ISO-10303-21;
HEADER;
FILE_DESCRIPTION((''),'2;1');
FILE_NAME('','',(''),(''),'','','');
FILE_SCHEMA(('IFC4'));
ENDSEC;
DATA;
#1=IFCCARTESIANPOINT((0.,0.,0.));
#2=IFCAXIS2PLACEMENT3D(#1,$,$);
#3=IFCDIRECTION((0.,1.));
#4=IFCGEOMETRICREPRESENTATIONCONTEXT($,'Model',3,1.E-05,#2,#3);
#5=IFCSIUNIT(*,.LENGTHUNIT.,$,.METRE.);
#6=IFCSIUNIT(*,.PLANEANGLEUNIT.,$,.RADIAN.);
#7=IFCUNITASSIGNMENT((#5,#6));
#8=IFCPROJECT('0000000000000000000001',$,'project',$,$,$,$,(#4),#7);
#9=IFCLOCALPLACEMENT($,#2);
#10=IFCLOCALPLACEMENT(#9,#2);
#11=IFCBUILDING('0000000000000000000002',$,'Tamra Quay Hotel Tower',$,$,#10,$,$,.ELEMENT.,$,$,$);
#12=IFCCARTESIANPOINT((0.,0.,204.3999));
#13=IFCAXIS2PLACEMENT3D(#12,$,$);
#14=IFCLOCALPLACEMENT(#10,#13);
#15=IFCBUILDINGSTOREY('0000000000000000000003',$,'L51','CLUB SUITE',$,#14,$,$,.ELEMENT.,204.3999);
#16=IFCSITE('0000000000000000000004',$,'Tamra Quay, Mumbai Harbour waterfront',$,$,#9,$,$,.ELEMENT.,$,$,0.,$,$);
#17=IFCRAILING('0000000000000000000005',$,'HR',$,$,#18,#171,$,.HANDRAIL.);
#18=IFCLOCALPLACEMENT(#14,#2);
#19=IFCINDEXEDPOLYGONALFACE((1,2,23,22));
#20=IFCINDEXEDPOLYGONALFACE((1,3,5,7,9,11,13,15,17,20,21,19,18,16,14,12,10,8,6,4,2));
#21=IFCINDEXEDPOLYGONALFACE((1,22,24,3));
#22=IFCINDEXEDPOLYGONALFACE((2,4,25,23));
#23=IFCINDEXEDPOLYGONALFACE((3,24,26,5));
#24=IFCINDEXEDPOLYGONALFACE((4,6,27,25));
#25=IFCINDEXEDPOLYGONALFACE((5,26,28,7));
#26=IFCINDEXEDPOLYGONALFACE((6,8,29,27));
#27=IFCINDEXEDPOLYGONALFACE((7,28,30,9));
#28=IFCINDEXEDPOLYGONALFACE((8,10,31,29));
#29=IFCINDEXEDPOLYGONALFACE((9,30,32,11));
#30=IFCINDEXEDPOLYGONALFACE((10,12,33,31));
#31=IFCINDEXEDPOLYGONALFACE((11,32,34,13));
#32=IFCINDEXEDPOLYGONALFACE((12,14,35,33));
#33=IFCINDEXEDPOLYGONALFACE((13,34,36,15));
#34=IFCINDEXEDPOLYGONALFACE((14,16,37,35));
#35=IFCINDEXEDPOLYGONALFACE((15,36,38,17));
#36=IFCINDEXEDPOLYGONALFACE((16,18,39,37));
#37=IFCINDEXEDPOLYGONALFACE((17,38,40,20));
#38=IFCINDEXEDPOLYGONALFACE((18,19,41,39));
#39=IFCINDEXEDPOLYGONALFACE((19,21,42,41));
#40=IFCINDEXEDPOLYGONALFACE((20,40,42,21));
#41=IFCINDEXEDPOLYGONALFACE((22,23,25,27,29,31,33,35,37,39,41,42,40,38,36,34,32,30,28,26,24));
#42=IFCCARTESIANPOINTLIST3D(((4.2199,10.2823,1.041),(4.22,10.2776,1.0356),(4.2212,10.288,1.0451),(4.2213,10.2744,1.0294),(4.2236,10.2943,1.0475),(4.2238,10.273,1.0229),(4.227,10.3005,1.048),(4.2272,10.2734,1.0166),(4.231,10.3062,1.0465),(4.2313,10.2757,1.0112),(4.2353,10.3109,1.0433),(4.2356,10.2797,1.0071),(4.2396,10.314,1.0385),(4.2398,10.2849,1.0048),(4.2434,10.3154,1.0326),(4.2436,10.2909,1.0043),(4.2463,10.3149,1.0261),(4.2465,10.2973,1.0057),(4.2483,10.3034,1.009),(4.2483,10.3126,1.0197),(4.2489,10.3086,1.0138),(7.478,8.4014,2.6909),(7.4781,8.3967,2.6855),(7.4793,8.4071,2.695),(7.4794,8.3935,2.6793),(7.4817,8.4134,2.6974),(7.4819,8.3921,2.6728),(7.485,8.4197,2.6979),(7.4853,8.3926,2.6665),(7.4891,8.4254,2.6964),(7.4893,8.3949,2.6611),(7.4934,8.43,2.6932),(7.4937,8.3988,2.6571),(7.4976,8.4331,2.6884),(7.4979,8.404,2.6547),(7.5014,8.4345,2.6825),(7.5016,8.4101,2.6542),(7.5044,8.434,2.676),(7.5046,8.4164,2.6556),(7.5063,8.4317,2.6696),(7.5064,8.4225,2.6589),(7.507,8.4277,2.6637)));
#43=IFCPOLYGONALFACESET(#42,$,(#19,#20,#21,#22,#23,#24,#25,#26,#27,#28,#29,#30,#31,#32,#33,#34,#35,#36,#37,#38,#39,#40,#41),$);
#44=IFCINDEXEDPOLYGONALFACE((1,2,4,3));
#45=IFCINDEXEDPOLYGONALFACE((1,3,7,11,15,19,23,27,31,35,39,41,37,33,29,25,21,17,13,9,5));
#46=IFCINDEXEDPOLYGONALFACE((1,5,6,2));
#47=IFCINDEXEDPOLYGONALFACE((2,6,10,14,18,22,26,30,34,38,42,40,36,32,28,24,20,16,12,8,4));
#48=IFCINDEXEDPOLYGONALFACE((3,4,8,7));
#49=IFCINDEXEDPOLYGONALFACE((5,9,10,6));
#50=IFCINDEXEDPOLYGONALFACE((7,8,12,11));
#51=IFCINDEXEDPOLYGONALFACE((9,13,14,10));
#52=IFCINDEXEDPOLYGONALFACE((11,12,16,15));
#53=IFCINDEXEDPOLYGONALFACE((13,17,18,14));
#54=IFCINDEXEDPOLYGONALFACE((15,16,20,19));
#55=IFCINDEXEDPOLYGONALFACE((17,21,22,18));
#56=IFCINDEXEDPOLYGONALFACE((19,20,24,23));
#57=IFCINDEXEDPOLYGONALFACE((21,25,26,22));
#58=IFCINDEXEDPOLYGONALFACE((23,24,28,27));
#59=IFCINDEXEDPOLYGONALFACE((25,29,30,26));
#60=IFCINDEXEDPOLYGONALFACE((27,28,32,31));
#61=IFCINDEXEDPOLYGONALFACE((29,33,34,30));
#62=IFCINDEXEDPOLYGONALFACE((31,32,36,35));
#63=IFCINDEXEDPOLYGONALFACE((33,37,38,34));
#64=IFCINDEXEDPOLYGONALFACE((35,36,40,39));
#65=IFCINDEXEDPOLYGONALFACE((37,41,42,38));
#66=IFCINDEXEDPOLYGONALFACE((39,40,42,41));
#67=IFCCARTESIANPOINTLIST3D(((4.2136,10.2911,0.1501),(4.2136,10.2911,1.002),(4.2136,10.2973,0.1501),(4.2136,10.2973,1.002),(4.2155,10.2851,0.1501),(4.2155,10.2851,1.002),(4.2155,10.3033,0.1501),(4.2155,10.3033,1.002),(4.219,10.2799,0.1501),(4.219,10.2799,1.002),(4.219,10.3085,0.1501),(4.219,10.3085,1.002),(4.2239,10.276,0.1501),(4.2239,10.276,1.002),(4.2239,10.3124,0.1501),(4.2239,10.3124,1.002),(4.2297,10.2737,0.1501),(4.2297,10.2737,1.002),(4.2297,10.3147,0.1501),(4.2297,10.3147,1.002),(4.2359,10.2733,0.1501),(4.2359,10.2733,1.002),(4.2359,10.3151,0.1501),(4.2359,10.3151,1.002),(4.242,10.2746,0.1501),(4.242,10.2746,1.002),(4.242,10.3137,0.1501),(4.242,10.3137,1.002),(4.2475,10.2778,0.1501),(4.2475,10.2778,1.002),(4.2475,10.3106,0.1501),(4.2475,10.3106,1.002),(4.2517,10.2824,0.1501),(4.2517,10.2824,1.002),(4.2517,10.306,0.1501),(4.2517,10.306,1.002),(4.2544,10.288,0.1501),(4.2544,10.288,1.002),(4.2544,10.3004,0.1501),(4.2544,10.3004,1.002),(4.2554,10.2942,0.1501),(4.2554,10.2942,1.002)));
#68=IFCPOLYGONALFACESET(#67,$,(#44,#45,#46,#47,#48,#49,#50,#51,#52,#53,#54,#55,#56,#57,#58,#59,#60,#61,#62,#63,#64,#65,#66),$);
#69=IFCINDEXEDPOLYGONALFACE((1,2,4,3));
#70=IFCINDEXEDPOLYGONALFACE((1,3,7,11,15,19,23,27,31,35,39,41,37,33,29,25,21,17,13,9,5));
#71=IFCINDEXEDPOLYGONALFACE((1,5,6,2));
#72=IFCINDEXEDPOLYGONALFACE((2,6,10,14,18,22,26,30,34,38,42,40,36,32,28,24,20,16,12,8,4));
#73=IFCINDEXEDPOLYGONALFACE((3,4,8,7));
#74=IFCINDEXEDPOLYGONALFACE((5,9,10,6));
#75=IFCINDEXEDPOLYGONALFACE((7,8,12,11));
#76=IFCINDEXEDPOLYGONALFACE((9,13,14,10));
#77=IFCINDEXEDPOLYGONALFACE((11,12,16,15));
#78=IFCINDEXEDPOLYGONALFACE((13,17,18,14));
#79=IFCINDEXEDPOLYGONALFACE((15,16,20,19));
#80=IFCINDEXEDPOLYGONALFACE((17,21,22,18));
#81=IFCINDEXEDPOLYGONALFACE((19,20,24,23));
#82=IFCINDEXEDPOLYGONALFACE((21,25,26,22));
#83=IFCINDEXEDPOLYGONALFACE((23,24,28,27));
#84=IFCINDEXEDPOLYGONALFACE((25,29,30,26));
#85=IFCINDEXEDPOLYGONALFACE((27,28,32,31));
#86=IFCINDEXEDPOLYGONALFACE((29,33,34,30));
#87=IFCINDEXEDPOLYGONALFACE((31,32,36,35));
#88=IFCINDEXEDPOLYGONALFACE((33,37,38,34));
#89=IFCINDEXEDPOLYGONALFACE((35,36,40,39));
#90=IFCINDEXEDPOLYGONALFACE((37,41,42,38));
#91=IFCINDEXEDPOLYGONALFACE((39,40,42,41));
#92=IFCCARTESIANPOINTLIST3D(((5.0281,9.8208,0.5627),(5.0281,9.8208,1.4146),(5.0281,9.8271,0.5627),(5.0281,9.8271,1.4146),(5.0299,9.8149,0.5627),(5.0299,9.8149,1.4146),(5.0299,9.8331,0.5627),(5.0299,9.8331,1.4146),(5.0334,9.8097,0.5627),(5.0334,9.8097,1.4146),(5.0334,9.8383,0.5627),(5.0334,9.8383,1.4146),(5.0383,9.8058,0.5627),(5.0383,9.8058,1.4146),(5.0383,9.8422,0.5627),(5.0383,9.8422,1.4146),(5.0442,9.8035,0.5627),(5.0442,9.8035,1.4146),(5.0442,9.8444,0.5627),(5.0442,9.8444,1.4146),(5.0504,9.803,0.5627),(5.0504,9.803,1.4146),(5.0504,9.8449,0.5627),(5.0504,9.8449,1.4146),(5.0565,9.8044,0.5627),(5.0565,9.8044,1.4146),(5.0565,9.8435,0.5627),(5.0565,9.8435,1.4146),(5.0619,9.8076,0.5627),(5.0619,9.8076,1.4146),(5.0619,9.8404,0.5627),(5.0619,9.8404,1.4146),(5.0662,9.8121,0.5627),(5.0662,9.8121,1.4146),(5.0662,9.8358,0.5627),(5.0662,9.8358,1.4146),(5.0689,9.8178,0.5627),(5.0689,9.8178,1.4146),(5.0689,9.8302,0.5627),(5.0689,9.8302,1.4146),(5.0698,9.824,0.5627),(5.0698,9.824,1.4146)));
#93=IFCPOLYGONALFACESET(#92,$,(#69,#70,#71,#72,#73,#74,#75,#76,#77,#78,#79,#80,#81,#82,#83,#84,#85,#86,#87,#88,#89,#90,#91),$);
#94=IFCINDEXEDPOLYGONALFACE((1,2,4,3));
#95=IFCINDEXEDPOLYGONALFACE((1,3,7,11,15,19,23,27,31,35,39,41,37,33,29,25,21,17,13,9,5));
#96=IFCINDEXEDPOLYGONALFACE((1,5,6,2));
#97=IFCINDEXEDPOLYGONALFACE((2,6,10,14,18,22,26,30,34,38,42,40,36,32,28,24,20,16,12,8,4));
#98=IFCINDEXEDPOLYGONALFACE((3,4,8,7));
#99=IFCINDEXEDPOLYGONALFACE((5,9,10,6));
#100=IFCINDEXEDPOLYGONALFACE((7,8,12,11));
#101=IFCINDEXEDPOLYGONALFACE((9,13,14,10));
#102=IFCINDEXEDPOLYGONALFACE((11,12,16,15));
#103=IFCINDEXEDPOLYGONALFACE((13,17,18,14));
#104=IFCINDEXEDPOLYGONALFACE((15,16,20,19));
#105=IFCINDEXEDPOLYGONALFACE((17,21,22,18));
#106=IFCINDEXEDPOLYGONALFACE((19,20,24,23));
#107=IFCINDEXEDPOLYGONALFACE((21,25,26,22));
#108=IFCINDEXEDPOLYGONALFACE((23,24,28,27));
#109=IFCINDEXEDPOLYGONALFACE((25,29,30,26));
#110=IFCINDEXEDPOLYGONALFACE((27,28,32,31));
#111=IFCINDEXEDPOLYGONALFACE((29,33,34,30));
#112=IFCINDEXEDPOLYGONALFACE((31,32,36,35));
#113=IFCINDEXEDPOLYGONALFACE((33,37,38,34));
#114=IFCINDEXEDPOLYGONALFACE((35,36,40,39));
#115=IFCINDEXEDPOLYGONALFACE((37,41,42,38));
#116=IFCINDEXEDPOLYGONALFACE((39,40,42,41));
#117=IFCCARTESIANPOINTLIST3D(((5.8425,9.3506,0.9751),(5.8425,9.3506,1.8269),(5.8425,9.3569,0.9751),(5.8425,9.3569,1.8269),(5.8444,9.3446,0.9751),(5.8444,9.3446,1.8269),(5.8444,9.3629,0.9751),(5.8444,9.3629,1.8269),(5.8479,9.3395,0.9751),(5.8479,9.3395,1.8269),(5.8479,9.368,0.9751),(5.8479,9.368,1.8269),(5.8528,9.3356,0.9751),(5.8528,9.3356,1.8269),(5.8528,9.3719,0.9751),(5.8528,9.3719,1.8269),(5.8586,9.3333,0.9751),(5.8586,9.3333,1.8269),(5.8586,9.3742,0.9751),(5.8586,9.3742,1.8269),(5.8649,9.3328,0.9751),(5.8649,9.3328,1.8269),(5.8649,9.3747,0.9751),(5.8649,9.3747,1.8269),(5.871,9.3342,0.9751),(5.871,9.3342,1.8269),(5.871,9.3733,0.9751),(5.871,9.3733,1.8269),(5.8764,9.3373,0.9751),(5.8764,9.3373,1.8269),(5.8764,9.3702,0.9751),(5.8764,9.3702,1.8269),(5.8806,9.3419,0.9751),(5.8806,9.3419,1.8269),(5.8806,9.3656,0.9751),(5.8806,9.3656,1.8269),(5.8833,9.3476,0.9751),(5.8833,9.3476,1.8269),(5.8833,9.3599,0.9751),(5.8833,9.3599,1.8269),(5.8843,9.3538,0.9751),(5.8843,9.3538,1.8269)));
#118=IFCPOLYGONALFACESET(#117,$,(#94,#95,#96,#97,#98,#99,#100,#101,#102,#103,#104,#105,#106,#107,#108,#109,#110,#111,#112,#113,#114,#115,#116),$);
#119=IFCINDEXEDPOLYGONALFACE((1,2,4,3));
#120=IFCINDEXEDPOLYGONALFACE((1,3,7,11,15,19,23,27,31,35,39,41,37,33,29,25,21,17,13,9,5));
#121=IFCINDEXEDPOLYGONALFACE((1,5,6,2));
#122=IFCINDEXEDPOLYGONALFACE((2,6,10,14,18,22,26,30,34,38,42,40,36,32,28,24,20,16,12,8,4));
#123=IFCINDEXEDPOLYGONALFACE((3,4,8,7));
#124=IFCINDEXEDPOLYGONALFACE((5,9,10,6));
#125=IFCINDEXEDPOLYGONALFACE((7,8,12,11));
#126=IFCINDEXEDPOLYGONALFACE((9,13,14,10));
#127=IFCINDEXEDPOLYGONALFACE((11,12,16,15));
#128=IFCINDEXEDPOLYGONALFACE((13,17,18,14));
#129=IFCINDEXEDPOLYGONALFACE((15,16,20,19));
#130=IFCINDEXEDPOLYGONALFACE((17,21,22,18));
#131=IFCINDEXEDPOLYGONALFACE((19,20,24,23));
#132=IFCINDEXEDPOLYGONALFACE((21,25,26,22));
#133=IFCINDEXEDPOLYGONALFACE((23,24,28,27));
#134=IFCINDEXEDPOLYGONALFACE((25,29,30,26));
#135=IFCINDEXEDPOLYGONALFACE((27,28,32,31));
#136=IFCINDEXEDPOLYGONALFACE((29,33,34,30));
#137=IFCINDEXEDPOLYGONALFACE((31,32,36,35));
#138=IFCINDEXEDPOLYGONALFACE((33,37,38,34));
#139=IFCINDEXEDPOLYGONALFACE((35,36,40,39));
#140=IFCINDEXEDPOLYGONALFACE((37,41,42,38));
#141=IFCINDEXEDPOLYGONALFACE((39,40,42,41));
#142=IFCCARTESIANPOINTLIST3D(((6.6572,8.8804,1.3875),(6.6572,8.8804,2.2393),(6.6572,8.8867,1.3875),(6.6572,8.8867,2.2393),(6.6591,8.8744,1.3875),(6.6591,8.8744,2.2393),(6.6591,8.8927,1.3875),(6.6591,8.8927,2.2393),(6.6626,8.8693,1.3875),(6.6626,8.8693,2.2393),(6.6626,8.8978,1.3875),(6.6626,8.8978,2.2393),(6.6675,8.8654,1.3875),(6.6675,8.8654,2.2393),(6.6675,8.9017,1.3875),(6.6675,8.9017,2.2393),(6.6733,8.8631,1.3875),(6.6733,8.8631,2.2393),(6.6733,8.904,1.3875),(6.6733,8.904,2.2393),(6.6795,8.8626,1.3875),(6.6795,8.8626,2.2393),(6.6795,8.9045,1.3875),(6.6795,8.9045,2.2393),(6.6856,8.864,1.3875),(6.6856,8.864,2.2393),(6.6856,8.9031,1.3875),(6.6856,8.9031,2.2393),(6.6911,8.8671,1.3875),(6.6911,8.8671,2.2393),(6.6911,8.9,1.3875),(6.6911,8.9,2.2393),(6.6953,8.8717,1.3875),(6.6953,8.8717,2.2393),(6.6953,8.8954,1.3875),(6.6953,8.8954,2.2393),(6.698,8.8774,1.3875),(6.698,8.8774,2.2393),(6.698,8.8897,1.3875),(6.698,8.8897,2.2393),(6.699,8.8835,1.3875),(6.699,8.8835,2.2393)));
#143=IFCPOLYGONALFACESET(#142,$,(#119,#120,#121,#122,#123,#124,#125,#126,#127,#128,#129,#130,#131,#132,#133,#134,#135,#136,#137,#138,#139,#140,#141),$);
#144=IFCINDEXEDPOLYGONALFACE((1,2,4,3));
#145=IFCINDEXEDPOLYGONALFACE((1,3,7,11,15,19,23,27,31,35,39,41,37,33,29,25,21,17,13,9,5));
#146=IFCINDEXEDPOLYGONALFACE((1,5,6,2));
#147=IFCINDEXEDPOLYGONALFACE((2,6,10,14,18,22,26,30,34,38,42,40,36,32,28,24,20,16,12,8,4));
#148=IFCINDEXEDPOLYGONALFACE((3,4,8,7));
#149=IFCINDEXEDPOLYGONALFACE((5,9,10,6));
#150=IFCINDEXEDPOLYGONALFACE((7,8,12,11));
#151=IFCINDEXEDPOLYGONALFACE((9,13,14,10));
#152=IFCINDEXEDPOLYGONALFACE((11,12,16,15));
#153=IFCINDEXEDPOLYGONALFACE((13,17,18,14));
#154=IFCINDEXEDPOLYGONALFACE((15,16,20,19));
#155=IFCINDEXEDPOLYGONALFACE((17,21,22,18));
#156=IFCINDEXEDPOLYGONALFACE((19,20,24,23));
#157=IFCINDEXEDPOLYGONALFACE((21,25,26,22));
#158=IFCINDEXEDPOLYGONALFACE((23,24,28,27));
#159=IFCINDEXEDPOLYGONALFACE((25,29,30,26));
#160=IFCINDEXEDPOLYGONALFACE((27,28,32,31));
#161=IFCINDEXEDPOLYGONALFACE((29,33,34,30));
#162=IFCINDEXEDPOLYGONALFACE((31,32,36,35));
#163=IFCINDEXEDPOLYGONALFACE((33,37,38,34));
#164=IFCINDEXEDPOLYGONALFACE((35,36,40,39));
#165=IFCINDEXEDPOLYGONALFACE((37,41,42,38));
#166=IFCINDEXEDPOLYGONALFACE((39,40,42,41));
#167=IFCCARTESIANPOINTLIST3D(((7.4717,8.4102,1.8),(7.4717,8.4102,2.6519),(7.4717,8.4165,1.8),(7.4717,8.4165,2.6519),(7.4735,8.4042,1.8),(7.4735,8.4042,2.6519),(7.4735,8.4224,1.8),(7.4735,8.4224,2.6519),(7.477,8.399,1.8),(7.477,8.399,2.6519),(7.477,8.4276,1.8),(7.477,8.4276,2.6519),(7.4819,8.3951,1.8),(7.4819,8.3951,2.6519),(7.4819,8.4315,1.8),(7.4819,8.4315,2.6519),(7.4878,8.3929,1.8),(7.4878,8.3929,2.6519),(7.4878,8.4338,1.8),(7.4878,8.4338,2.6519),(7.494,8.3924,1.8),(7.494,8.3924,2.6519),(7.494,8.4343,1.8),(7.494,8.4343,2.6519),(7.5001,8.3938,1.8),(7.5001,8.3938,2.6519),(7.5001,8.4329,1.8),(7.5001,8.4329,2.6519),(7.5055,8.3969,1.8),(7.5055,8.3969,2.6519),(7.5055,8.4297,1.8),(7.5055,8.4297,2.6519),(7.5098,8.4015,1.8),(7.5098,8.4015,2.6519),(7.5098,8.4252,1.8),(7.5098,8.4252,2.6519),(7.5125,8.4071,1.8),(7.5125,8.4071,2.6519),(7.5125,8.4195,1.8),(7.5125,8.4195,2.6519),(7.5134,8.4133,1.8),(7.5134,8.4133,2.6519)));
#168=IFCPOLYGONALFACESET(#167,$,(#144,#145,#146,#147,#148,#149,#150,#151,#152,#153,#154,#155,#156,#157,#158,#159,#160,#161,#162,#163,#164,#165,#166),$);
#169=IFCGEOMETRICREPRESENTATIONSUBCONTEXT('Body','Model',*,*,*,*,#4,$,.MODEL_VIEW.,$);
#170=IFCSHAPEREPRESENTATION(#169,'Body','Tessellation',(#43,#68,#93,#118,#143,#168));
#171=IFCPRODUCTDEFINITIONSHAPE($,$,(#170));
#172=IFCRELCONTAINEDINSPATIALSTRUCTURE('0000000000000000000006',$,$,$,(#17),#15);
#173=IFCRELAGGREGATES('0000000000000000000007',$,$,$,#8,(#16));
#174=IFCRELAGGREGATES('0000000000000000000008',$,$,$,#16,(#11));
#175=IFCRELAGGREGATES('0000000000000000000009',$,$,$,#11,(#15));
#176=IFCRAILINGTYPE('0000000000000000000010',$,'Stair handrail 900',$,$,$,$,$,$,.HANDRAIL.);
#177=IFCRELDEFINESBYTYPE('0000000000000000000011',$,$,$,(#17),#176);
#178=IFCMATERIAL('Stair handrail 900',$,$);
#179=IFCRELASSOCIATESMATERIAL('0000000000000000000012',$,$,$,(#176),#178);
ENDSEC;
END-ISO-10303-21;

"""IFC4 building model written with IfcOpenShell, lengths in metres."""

from ifc_helpers import new_model, si_unit, direction, frame, origin, origin_2d, place, context, subcontext, project, spatial, circle, extrude, material, type_object, element, save


model = new_model("IFC4")

# Units and contexts
model_context = context("Model", 3, precision=1e-05, world=origin(), true_north=direction((0.0, 1.0)))
body_context = subcontext(model_context, "Body", "Model", "MODEL_VIEW")
ifc_project = project(units=[si_unit("LENGTHUNIT", "METRE"), si_unit("PLANEANGLEUNIT", "RADIAN")], contexts=[model_context])

# Site, building, storey
site_placement = place(None, origin())
site = spatial("IfcSite", under=ifc_project, at=site_placement, Name="Tamra Quay, Mumbai Harbour waterfront", CompositionType="ELEMENT", RefElevation=0.0)
building_placement = place(site_placement, origin())
building = spatial("IfcBuilding", under=site, at=building_placement, Name="Tamra Quay Hotel Tower", CompositionType="ELEMENT")
storey_placement = place(building_placement, frame((0.0, 0.0, 204.3999)))
storey = spatial("IfcBuildingStorey", under=building, at=storey_placement, Name="L51", Description="CLUB SUITE", CompositionType="ELEMENT", Elevation=204.3999)

# Railing
ifc_material_1 = material(Name="Stair handrail 900")
railing_type_1 = type_object("IfcRailingType", Name="Stair handrail 900", PredefinedType="HANDRAIL", material=ifc_material_1)
railing_1_placement = place(storey_placement, frame((4.2344, 10.2942, 0.1501)))
element("IfcRailing", 1, at=railing_1_placement, inside=storey, type_object=railing_type_1, Name="HR", PredefinedType="HANDRAIL", context=body_context, shape_type="SweptSolid", body=[
    extrude(circle(Radius=0.0239, at=origin_2d()), frame((0.0, 0.0, 0.876), z_axis=(0.793122, -0.457865, 0.401642), x_axis=(0.499964, 0.866046, 0.0)), (0.0, 0.0, 1.0), 4.1079),
    extrude(circle(Radius=0.021, at=origin_2d()), origin(), (0.0, 0.0, 1.0), 0.8518),
    extrude(circle(Radius=0.021, at=origin_2d()), frame((0.8145, -0.4702, 0.4126)), (0.0, 0.0, 1.0), 0.8518),
    extrude(circle(Radius=0.021, at=origin_2d()), frame((1.6289, -0.9404, 0.825)), (0.0, 0.0, 1.0), 0.8518),
    extrude(circle(Radius=0.021, at=origin_2d()), frame((2.4436, -1.4106, 1.2373)), (0.0, 0.0, 1.0), 0.8518),
    extrude(circle(Radius=0.021, at=origin_2d()), frame((3.2581, -1.8809, 1.6499)), (0.0, 0.0, 1.0), 0.8518),
])

save(model, "model.ifc")
